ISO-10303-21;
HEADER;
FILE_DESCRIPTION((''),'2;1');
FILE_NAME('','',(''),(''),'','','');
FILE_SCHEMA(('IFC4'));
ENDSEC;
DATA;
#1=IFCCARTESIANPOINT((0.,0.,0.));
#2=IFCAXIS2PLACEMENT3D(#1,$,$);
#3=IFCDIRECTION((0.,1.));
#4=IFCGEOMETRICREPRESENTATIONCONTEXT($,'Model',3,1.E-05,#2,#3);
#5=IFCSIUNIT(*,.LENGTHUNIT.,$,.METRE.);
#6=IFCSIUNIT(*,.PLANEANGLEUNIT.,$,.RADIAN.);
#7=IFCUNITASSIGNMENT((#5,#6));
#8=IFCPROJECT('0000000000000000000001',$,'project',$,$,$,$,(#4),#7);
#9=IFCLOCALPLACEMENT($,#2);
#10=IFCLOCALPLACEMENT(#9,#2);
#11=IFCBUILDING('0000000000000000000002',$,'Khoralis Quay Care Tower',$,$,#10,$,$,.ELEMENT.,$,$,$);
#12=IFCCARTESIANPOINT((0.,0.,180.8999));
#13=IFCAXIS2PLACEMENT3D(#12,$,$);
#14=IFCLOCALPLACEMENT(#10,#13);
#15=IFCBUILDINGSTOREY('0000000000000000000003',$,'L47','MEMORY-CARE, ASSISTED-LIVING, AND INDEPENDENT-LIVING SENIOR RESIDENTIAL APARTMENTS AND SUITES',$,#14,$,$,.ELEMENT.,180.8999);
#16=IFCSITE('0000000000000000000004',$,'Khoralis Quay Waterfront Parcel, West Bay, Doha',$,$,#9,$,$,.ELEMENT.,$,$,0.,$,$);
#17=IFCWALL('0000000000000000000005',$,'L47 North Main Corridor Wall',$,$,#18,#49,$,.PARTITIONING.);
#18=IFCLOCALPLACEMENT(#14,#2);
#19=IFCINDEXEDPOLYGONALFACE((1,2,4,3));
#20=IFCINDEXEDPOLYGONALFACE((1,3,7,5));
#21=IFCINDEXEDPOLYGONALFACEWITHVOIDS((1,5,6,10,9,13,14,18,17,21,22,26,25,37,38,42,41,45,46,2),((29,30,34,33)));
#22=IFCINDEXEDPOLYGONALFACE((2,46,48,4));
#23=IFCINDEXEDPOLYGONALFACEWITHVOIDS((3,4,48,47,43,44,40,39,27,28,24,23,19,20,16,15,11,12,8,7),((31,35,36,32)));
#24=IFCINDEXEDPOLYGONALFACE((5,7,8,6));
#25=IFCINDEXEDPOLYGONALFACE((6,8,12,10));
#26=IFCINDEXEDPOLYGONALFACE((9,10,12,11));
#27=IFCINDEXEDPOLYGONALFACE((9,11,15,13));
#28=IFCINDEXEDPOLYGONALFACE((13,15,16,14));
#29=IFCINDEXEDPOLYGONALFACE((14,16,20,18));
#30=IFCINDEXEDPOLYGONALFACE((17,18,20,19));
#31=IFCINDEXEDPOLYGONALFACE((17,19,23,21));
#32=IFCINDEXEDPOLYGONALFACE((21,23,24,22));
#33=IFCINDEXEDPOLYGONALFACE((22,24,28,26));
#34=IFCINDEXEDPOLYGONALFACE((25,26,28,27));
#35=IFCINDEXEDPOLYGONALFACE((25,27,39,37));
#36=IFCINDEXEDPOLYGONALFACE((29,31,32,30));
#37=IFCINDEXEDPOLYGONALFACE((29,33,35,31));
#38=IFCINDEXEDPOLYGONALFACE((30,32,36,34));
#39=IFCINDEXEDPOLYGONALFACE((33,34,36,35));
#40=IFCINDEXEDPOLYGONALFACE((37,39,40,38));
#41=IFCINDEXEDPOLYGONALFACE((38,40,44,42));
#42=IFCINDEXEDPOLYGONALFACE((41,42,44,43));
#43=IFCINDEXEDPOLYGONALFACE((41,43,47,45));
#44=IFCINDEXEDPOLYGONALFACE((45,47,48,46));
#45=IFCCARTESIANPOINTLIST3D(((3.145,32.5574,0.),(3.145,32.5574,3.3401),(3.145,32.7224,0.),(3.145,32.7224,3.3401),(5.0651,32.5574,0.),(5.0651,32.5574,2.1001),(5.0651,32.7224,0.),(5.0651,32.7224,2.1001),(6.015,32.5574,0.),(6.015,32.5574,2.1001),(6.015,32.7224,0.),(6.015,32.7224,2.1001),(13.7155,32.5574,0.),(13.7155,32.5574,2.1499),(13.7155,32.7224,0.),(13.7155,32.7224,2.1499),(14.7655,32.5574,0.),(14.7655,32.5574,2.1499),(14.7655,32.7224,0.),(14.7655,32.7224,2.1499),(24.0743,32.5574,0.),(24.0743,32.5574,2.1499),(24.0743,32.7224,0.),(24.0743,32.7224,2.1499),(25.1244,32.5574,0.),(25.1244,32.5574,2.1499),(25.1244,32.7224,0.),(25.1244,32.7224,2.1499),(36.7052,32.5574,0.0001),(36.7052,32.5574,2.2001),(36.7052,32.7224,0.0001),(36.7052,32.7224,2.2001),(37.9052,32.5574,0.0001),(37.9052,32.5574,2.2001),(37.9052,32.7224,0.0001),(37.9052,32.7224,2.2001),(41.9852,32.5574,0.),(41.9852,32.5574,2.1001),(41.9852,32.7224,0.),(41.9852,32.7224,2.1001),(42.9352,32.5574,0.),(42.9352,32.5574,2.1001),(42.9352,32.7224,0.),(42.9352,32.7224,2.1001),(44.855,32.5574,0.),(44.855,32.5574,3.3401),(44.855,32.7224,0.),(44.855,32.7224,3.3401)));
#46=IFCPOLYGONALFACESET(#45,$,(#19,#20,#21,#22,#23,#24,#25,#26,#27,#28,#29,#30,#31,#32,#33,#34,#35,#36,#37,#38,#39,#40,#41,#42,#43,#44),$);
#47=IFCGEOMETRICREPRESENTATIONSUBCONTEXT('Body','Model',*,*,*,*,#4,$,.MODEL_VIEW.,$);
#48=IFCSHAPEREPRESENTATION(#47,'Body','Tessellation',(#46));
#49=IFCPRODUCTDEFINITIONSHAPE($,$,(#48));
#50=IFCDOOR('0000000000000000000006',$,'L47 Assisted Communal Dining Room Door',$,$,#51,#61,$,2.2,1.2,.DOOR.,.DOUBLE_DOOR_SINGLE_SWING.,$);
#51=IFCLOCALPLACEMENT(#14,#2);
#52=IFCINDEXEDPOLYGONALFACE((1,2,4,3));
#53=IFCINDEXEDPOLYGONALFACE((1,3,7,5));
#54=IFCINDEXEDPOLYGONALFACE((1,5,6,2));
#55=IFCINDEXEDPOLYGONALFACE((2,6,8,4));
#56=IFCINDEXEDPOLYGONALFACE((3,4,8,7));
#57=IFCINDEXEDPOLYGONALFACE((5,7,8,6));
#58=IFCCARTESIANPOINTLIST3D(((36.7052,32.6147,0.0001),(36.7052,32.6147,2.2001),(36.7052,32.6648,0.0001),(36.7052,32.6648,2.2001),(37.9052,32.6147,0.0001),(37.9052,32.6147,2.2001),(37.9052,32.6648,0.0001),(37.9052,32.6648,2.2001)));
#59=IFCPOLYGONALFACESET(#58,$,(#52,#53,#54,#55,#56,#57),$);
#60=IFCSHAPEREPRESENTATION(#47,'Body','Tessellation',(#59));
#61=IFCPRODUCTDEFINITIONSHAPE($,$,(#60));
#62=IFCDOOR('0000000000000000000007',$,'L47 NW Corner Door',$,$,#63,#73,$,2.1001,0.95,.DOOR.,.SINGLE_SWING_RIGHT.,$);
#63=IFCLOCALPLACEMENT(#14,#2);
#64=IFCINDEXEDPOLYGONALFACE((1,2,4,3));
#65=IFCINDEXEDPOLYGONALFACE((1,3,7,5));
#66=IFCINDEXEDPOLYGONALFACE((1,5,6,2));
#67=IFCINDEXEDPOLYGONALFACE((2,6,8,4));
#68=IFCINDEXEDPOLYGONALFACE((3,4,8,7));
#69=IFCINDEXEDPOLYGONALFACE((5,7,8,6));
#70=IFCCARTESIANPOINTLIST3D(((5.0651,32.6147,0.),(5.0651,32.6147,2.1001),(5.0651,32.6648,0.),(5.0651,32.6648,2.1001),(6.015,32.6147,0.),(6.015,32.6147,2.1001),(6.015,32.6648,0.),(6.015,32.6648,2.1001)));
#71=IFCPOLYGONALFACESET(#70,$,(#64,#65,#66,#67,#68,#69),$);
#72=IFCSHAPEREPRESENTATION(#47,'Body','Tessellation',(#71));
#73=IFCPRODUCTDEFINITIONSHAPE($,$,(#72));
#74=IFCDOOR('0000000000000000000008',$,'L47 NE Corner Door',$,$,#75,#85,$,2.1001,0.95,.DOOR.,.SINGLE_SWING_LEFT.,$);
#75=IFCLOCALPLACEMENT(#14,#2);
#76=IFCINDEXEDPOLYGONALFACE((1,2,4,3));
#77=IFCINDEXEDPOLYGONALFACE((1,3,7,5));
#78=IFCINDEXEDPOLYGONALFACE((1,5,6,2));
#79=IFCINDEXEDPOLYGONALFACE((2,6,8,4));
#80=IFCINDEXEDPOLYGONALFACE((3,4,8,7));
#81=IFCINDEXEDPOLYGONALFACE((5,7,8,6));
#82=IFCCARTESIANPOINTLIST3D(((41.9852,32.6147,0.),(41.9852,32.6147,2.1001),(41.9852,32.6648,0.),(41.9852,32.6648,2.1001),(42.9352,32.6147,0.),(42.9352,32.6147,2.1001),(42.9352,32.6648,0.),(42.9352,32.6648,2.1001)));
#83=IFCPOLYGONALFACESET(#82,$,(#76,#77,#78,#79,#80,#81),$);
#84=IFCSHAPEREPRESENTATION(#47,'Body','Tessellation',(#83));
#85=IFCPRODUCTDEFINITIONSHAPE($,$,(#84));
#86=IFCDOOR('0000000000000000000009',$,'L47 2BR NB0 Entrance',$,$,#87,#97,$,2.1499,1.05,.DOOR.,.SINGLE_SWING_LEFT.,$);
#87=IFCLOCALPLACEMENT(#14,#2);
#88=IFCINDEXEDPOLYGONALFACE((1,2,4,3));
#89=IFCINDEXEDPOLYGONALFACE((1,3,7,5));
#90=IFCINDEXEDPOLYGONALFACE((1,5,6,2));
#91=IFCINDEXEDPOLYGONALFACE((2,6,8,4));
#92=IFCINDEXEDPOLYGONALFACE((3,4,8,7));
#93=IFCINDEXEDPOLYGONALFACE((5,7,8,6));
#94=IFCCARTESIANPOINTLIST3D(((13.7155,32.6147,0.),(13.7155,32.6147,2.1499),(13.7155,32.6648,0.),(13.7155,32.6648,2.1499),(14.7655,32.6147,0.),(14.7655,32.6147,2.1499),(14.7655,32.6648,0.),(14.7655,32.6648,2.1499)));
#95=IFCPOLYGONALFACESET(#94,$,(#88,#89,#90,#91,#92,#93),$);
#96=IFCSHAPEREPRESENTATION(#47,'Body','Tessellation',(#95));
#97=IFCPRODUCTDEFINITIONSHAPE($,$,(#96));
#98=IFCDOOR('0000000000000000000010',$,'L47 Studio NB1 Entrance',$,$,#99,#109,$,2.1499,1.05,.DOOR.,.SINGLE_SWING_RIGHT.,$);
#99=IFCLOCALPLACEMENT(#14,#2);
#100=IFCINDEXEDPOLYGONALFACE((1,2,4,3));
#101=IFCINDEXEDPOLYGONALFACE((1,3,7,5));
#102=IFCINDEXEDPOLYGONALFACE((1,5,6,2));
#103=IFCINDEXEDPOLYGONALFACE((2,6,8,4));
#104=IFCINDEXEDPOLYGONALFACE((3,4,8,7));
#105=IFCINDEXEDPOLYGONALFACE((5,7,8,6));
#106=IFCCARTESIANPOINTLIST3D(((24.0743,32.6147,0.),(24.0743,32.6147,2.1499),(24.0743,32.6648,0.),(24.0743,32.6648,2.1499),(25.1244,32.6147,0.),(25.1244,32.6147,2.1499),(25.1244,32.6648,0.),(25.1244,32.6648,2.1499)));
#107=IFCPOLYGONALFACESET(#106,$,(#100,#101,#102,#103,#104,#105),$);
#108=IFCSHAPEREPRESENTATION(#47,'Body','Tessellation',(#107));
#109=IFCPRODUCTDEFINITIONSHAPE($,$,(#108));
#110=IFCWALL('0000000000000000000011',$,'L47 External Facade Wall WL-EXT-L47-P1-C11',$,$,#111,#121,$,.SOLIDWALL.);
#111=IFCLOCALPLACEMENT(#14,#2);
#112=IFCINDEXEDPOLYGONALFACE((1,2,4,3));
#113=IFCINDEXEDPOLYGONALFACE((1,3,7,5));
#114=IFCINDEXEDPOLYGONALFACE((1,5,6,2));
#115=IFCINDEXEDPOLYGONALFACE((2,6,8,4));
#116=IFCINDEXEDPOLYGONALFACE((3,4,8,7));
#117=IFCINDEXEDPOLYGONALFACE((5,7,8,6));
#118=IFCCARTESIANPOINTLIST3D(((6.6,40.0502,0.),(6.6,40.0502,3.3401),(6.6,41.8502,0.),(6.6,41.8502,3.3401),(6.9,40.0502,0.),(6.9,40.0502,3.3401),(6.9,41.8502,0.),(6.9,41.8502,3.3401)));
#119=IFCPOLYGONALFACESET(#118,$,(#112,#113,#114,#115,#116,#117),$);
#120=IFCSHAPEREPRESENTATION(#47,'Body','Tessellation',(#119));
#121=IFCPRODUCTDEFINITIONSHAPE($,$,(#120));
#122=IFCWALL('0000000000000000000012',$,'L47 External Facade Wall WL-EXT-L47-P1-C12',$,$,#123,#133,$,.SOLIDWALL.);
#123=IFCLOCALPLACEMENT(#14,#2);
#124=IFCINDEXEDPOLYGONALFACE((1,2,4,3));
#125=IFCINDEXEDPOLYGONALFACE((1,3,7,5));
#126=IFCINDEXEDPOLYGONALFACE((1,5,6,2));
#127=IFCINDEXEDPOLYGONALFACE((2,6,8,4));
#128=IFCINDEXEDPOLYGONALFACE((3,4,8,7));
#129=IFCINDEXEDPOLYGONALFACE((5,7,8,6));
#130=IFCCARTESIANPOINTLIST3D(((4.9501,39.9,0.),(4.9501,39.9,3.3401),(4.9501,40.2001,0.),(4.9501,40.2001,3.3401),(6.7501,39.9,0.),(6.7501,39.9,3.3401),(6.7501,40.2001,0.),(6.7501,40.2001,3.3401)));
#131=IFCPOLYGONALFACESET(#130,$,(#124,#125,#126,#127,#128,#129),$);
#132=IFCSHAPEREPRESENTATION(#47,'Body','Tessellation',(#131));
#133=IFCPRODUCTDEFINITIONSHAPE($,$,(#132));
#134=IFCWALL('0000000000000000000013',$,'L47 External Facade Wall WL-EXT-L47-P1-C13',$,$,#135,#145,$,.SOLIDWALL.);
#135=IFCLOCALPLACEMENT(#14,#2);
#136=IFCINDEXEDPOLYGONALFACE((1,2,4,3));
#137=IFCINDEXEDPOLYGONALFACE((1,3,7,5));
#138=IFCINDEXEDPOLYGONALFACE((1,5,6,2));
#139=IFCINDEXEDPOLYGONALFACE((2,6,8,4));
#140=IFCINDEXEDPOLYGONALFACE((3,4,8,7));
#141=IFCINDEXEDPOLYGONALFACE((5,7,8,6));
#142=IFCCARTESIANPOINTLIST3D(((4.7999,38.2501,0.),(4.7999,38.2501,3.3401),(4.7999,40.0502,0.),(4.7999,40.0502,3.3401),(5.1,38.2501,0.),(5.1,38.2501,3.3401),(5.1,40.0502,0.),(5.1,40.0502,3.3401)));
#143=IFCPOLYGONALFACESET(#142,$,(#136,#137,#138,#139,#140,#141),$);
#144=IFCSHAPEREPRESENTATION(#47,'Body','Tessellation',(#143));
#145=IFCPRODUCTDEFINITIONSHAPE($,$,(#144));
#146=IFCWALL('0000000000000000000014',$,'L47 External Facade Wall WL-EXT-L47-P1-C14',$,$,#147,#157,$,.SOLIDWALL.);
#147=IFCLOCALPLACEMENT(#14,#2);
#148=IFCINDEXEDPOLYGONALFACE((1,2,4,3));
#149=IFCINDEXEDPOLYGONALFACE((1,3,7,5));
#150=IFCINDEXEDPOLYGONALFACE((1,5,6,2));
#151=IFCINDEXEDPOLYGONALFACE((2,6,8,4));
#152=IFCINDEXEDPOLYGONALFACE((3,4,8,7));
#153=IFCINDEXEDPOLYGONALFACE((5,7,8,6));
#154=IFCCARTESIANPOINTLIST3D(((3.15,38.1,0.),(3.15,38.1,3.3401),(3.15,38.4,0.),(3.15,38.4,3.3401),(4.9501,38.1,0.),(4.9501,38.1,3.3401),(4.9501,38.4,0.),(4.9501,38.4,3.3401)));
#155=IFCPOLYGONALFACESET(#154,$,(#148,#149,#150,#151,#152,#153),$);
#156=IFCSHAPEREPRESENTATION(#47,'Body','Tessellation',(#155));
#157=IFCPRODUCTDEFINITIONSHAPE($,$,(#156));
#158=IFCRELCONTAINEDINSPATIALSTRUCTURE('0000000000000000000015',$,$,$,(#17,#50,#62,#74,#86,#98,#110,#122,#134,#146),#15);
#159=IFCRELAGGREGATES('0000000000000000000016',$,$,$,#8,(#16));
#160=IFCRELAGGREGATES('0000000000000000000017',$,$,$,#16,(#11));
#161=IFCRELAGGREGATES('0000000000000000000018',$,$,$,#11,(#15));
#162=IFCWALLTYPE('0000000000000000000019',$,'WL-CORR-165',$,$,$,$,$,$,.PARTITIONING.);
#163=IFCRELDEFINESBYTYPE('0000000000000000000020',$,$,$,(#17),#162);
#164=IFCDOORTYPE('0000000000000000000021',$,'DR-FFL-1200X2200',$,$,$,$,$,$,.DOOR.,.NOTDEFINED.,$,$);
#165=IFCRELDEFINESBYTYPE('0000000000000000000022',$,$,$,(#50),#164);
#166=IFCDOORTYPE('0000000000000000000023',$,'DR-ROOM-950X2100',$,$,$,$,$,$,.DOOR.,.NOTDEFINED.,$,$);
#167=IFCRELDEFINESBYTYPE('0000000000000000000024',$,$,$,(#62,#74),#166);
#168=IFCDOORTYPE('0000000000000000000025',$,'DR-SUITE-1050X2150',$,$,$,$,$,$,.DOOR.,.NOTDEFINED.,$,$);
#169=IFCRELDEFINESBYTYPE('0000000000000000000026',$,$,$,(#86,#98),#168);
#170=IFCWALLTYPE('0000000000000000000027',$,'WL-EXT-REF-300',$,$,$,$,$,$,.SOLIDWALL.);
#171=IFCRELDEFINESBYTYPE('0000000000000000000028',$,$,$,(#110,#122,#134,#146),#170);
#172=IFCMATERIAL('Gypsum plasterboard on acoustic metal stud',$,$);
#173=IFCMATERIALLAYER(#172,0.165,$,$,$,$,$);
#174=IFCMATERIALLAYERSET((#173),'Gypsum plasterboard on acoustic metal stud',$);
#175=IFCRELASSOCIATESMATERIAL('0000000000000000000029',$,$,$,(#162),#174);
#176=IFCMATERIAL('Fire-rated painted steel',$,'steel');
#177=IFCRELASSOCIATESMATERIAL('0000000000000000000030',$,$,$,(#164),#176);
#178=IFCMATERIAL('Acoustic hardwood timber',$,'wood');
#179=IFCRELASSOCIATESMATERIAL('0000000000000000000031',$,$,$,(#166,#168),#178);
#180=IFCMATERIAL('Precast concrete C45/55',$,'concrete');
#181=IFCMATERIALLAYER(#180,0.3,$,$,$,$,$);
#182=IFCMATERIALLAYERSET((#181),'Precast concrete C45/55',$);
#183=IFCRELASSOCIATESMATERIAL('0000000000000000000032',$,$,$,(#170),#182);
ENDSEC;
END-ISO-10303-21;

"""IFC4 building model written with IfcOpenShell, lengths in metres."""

from ifc_helpers import new_model, si_unit, direction, frame, frame_2d, origin, place, context, subcontext, project, spatial, rectangle, extrude, source, transform, mapped, material, layer, layer_set, type_object, element, fill, save


model = new_model("IFC4")

# Units and contexts
model_context = context("Model", 3, precision=1e-05, world=origin(), true_north=direction((0.0, 1.0)))
body_context = subcontext(model_context, "Body", "Model", "MODEL_VIEW")
ifc_project = project(units=[si_unit("LENGTHUNIT", "METRE"), si_unit("PLANEANGLEUNIT", "RADIAN")], contexts=[model_context])

# Site, building, storey
site_placement = place(None, origin())
site = spatial("IfcSite", under=ifc_project, at=site_placement, Name="Khoralis Quay Waterfront Parcel, West Bay, Doha", CompositionType="ELEMENT", RefElevation=0.0)
building_placement = place(site_placement, origin())
building = spatial("IfcBuilding", under=site, at=building_placement, Name="Khoralis Quay Care Tower", CompositionType="ELEMENT")
storey_placement = place(building_placement, frame((0.0, 0.0, 180.8999)))
storey = spatial("IfcBuildingStorey", under=building, at=storey_placement, Name="L47", Description="MEMORY-CARE, ASSISTED-LIVING, AND INDEPENDENT-LIVING SENIOR RESIDENTIAL APARTMENTS AND SUITES", CompositionType="ELEMENT", Elevation=180.8999)

# Shared definitions
ifc_material_1 = material(Name="Gypsum plasterboard on acoustic metal stud")
ifc_layer_1 = layer(ifc_material_1, 0.165)
ifc_layer_set_1 = layer_set([ifc_layer_1], Name="Gypsum plasterboard on acoustic metal stud")
wall_type_1 = type_object("IfcWallType", Name="WL-CORR-165", PredefinedType="PARTITIONING", material=ifc_layer_set_1)
ifc_material_2 = material(Name="Fire-rated painted steel", Category="steel")
door_type_1 = type_object("IfcDoorType", Name="DR-FFL-1200X2200", OperationType="NOTDEFINED", PredefinedType="DOOR", material=ifc_material_2)
shared_shape_1 = source(origin(), body_context, "Body", "SweptSolid", [
    extrude(rectangle(XDim=1.2, YDim=2.2, at=frame_2d((0.6001, 1.1001))), frame((0.0, 0.0249, 0.0), z_axis=(0.0, -1.0, 0.0), x_axis=(1.0, 0.0, 0.0)), (0.0, 0.0, 1.0), 0.05),
])

# Wall, openings, doors
wall_1_placement = place(storey_placement, frame((3.145, 32.6399, 0.0), z_axis=(0.0, 0.0, 1.0), x_axis=(1.0, 0.0, 0.0)))
wall_1 = element("IfcWall", 1, at=wall_1_placement, inside=storey, type_object=wall_type_1, Name="L47 North Main Corridor Wall", PredefinedType="PARTITIONING", context=body_context, shape_type="SweptSolid", body=[
    extrude(rectangle(XDim=41.71, YDim=0.165, at=frame_2d((20.855, 0.0))), origin(), (0.0, 0.0, 1.0), 3.3401),
])
opening_1_placement = place(wall_1_placement, frame((10.5706, 0.0, 0.0)))
opening_1 = element("IfcOpeningElement", 2, at=opening_1_placement, cuts=wall_1, PredefinedType="OPENING", context=body_context, shape_type="SweptSolid", body=[
    extrude(rectangle(XDim=1.05, YDim=2.1499, at=frame_2d((0.5249, 1.075))), frame((0.0, 0.0925, 0.0), z_axis=(0.0, -1.0, 0.0), x_axis=(1.0, 0.0, 0.0)), (0.0, 0.0, 1.0), 0.1851),
])
opening_2_placement = place(wall_1_placement, frame((20.9294, 0.0, 0.0)))
opening_2 = element("IfcOpeningElement", 3, at=opening_2_placement, cuts=wall_1, PredefinedType="OPENING", context=body_context, shape_type="SweptSolid", body=[
    extrude(rectangle(XDim=1.05, YDim=2.1499, at=frame_2d((0.5249, 1.075))), frame((0.0, 0.0925, 0.0), z_axis=(0.0, -1.0, 0.0), x_axis=(1.0, 0.0, 0.0)), (0.0, 0.0, 1.0), 0.1851),
])
opening_3_placement = place(wall_1_placement, frame((33.5601, 0.0, 0.0)))
opening_3 = element("IfcOpeningElement", 4, at=opening_3_placement, cuts=wall_1, PredefinedType="OPENING", context=body_context, shape_type="SweptSolid", body=[
    extrude(rectangle(XDim=1.2, YDim=2.2, at=frame_2d((0.6001, 1.1001))), frame((0.0, 0.0925, 0.0), z_axis=(0.0, -1.0, 0.0), x_axis=(1.0, 0.0, 0.0)), (0.0, 0.0, 1.0), 0.1851),
])
opening_4_placement = place(wall_1_placement, frame((1.9199, 0.0, 0.0)))
opening_4 = element("IfcOpeningElement", 5, at=opening_4_placement, cuts=wall_1, PredefinedType="OPENING", context=body_context, shape_type="SweptSolid", body=[
    extrude(rectangle(XDim=0.95, YDim=2.1001, at=frame_2d((0.4751, 1.05))), frame((0.0, 0.0925, 0.0), z_axis=(0.0, -1.0, 0.0), x_axis=(1.0, 0.0, 0.0)), (0.0, 0.0, 1.0), 0.1851),
])
opening_5_placement = place(wall_1_placement, frame((38.8401, 0.0, 0.0)))
opening_5 = element("IfcOpeningElement", 6, at=opening_5_placement, cuts=wall_1, PredefinedType="OPENING", context=body_context, shape_type="SweptSolid", body=[
    extrude(rectangle(XDim=0.95, YDim=2.1001, at=frame_2d((0.4751, 1.05))), frame((0.0, 0.0925, 0.0), z_axis=(0.0, -1.0, 0.0), x_axis=(1.0, 0.0, 0.0)), (0.0, 0.0, 1.0), 0.1851),
])
door_1_placement = place(opening_3_placement, origin())
door_1 = element("IfcDoor", 7, at=door_1_placement, inside=storey, type_object=door_type_1, Name="L47 Assisted Communal Dining Room Door", OperationType="DOUBLE_DOOR_SINGLE_SWING", OverallHeight=2.2, OverallWidth=1.2, PredefinedType="DOOR", context=body_context, shape_type="MappedRepresentation", body=[
    mapped(shared_shape_1, transform((0.0, 0.0, 0.0), scale=1.0)),
])
fill(opening_3, door_1)
ifc_material_3 = material(Name="Acoustic hardwood timber", Category="wood")
door_type_2 = type_object("IfcDoorType", Name="DR-ROOM-950X2100", OperationType="NOTDEFINED", PredefinedType="DOOR", material=ifc_material_3)
shared_shape_2 = source(origin(), body_context, "Body", "SweptSolid", [
    extrude(rectangle(XDim=0.95, YDim=2.1001, at=frame_2d((0.4751, 1.05))), frame((0.0, 0.0249, 0.0), z_axis=(0.0, -1.0, 0.0), x_axis=(1.0, 0.0, 0.0)), (0.0, 0.0, 1.0), 0.05),
])
door_2_placement = place(opening_4_placement, origin())
door_2 = element("IfcDoor", 8, at=door_2_placement, inside=storey, type_object=door_type_2, Name="L47 NW Corner Door", OperationType="SINGLE_SWING_RIGHT", OverallHeight=2.1001, OverallWidth=0.95, PredefinedType="DOOR", context=body_context, shape_type="MappedRepresentation", body=[
    mapped(shared_shape_2, transform((0.0, 0.0, 0.0), scale=1.0)),
])
fill(opening_4, door_2)
door_3_placement = place(opening_5_placement, origin())
door_3 = element("IfcDoor", 9, at=door_3_placement, inside=storey, type_object=door_type_2, Name="L47 NE Corner Door", OperationType="SINGLE_SWING_LEFT", OverallHeight=2.1001, OverallWidth=0.95, PredefinedType="DOOR", context=body_context, shape_type="MappedRepresentation", body=[
    mapped(shared_shape_2, transform((0.0, 0.0, 0.0), scale=1.0)),
])
fill(opening_5, door_3)
door_type_3 = type_object("IfcDoorType", Name="DR-SUITE-1050X2150", OperationType="NOTDEFINED", PredefinedType="DOOR", material=ifc_material_3)
shared_shape_3 = source(origin(), body_context, "Body", "SweptSolid", [
    extrude(rectangle(XDim=1.05, YDim=2.1499, at=frame_2d((0.5249, 1.075))), frame((0.0, 0.0249, 0.0), z_axis=(0.0, -1.0, 0.0), x_axis=(1.0, 0.0, 0.0)), (0.0, 0.0, 1.0), 0.05),
])
door_4_placement = place(opening_1_placement, origin())
door_4 = element("IfcDoor", 10, at=door_4_placement, inside=storey, type_object=door_type_3, Name="L47 2BR NB0 Entrance", OperationType="SINGLE_SWING_LEFT", OverallHeight=2.1499, OverallWidth=1.05, PredefinedType="DOOR", context=body_context, shape_type="MappedRepresentation", body=[
    mapped(shared_shape_3, transform((0.0, 0.0, 0.0), scale=1.0)),
])
fill(opening_1, door_4)
door_5_placement = place(opening_2_placement, origin())
door_5 = element("IfcDoor", 11, at=door_5_placement, inside=storey, type_object=door_type_3, Name="L47 Studio NB1 Entrance", OperationType="SINGLE_SWING_RIGHT", OverallHeight=2.1499, OverallWidth=1.05, PredefinedType="DOOR", context=body_context, shape_type="MappedRepresentation", body=[
    mapped(shared_shape_3, transform((0.0, 0.0, 0.0), scale=1.0)),
])
fill(opening_2, door_5)

# Walls
ifc_material_4 = material(Name="Precast concrete C45/55", Category="concrete")
ifc_layer_2 = layer(ifc_material_4, 0.3)
ifc_layer_set_2 = layer_set([ifc_layer_2], Name="Precast concrete C45/55")
wall_type_2 = type_object("IfcWallType", Name="WL-EXT-REF-300", PredefinedType="SOLIDWALL", material=ifc_layer_set_2)
for number, where, z_axis, x_axis, name in (
    (12, (6.75, 41.8501, 0.0), (0.0, 0.0, 1.0), (0.0, -1.0, 0.0), "L47 External Facade Wall WL-EXT-L47-P1-C11"),
    (13, (6.75, 40.05, 0.0), (0.0, 0.0, 1.0), (-1.0, 0.0, 0.0), "L47 External Facade Wall WL-EXT-L47-P1-C12"),
    (14, (4.95, 40.05, 0.0), (0.0, 0.0, 1.0), (0.0, -1.0, 0.0), "L47 External Facade Wall WL-EXT-L47-P1-C13"),
    (15, (4.95, 38.25, 0.0), (0.0, 0.0, 1.0), (-1.0, 0.0, 0.0), "L47 External Facade Wall WL-EXT-L47-P1-C14"),
):
    element("IfcWall", number, at=place(storey_placement, frame(where, z_axis=z_axis, x_axis=x_axis)), inside=storey, type_object=wall_type_2, Name=name, PredefinedType="SOLIDWALL", context=body_context, shape_type="SweptSolid", body=[
        extrude(rectangle(XDim=1.8, YDim=0.3, at=frame_2d((0.8999, 0.0))), origin(), (0.0, 0.0, 1.0), 3.3401),
    ])

save(model, "model.ifc")
